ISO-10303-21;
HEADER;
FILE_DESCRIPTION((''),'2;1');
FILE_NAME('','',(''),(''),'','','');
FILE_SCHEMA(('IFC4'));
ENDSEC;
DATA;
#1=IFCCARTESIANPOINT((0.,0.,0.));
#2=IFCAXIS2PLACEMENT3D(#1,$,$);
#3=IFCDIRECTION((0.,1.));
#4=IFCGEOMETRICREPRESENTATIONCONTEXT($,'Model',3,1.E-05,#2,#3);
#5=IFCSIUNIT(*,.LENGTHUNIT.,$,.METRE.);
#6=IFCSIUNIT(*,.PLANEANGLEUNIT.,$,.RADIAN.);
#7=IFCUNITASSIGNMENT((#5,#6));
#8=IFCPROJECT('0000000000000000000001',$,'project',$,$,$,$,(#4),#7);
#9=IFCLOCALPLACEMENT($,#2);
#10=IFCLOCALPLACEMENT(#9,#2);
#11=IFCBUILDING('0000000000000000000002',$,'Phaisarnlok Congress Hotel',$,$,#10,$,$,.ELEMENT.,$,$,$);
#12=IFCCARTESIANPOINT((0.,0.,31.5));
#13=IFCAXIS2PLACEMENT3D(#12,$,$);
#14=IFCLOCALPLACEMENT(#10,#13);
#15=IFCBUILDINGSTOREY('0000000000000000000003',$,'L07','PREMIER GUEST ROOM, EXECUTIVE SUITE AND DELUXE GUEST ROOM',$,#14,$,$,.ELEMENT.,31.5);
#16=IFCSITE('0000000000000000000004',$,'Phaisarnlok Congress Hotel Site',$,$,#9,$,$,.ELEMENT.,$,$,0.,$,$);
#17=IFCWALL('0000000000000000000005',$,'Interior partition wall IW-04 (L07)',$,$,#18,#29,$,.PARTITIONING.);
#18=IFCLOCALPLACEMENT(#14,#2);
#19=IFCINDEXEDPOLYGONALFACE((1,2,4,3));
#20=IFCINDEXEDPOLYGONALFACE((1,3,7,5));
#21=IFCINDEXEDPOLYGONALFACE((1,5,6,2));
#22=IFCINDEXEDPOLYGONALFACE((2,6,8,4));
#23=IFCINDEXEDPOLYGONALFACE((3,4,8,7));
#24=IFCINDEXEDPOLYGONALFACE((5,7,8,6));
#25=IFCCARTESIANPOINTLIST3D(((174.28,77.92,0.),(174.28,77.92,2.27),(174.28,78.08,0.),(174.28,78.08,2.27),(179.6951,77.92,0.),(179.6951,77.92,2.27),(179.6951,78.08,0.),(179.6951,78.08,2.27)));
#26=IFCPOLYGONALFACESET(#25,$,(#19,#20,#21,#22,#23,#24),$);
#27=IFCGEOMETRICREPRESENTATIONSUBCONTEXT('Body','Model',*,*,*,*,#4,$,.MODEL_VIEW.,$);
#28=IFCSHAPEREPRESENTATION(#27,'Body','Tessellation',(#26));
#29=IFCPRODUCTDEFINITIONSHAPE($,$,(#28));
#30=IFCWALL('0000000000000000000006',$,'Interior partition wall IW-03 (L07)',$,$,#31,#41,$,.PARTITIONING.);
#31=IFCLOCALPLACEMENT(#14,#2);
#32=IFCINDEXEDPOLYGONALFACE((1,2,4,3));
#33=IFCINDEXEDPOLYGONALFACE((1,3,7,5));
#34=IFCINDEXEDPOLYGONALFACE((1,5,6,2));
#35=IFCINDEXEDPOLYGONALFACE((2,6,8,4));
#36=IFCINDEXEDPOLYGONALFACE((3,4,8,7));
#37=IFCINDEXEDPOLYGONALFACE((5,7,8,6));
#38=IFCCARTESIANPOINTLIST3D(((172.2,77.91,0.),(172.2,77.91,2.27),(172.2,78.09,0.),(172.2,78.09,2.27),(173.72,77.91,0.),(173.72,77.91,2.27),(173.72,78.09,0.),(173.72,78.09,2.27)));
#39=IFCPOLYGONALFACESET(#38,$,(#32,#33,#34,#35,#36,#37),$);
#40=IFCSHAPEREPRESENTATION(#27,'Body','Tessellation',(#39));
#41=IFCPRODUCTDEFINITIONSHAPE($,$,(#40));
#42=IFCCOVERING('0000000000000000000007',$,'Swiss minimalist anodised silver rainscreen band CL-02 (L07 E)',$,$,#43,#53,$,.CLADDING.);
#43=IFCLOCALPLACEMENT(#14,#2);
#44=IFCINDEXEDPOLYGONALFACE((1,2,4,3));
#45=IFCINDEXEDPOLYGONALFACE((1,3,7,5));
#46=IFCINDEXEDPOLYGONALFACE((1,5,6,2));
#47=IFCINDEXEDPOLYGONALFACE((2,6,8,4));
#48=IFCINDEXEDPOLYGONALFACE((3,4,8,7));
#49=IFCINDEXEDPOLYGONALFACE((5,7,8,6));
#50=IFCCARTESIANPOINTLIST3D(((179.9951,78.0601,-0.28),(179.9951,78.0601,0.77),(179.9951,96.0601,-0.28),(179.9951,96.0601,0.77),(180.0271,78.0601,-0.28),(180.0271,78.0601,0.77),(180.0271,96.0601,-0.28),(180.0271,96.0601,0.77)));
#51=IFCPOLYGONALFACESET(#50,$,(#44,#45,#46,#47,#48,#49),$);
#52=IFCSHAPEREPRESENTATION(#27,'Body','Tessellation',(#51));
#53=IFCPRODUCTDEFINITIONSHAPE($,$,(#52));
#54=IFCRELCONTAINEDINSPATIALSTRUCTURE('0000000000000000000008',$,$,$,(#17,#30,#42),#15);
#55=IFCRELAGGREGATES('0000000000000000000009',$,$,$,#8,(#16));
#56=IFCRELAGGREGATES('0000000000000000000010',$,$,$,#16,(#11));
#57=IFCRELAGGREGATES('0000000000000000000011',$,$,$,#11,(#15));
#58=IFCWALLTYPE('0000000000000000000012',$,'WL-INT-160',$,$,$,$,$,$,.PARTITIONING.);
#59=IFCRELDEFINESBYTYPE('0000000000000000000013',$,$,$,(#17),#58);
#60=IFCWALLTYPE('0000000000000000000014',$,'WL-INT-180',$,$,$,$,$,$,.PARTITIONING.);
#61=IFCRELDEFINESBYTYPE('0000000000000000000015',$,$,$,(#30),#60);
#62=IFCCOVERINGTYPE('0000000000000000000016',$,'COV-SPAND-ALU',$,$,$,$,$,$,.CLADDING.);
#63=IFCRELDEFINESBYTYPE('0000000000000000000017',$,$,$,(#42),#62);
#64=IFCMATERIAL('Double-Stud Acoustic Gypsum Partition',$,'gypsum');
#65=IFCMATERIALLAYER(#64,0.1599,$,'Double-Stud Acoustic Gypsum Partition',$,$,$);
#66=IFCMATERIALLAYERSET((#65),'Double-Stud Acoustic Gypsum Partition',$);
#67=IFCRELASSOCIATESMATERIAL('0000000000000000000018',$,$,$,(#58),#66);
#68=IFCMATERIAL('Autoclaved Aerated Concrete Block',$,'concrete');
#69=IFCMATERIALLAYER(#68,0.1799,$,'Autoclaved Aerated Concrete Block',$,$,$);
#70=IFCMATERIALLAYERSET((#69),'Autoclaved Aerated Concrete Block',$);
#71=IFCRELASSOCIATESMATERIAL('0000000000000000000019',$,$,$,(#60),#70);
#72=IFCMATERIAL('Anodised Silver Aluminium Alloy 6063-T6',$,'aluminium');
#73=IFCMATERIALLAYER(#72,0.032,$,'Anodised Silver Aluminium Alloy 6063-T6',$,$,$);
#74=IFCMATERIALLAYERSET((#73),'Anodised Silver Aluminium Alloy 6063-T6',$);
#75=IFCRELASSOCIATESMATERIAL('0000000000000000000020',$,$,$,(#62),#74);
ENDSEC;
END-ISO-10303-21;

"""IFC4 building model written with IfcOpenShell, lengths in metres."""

from ifc_helpers import new_model, si_unit, direction, frame, frame_2d, origin, place, context, subcontext, project, spatial, polyline, rectangle, outline, extrude, material, layer, layer_set, type_object, element, save


model = new_model("IFC4")

# Units and contexts
model_context = context("Model", 3, precision=1e-05, world=origin(), true_north=direction((0.0, 1.0)))
body_context = subcontext(model_context, "Body", "Model", "MODEL_VIEW")
ifc_project = project(units=[si_unit("LENGTHUNIT", "METRE"), si_unit("PLANEANGLEUNIT", "RADIAN")], contexts=[model_context])

# Site, building, storey
site_placement = place(None, origin())
site = spatial("IfcSite", under=ifc_project, at=site_placement, Name="Phaisarnlok Congress Hotel Site", CompositionType="ELEMENT", RefElevation=0.0)
building_placement = place(site_placement, origin())
building = spatial("IfcBuilding", under=site, at=building_placement, Name="Phaisarnlok Congress Hotel", CompositionType="ELEMENT")
storey_placement = place(building_placement, frame((0.0, 0.0, 31.5)))
storey = spatial("IfcBuildingStorey", under=building, at=storey_placement, Name="L07", Description="PREMIER GUEST ROOM, EXECUTIVE SUITE AND DELUXE GUEST ROOM", CompositionType="ELEMENT", Elevation=31.5)

# Walls
ifc_material_1 = material(Name="Double-Stud Acoustic Gypsum Partition", Category="gypsum")
ifc_layer_1 = layer(ifc_material_1, 0.1599, Name="Double-Stud Acoustic Gypsum Partition")
ifc_layer_set_1 = layer_set([ifc_layer_1], Name="Double-Stud Acoustic Gypsum Partition")
wall_type_1 = type_object("IfcWallType", Name="WL-INT-160", PredefinedType="PARTITIONING", material=ifc_layer_set_1)
wall_1_placement = place(storey_placement, frame((174.28, 78.0, 0.0), z_axis=(0.0, 0.0, 1.0), x_axis=(1.0, 0.0, 0.0)))
element("IfcWall", 1, at=wall_1_placement, inside=storey, type_object=wall_type_1, Name="Interior partition wall IW-04 (L07)", PredefinedType="PARTITIONING", context=body_context, shape_type="SweptSolid", body=[
    extrude(rectangle(XDim=5.415, YDim=0.1599, at=frame_2d((2.7075, 0.0))), origin(), (0.0, 0.0, 1.0), 2.27),
])
ifc_material_2 = material(Name="Autoclaved Aerated Concrete Block", Category="concrete")
ifc_layer_2 = layer(ifc_material_2, 0.1799, Name="Autoclaved Aerated Concrete Block")
ifc_layer_set_2 = layer_set([ifc_layer_2], Name="Autoclaved Aerated Concrete Block")
wall_type_2 = type_object("IfcWallType", Name="WL-INT-180", PredefinedType="PARTITIONING", material=ifc_layer_set_2)
wall_2_placement = place(storey_placement, frame((172.2, 78.0, 0.0), z_axis=(0.0, 0.0, 1.0), x_axis=(1.0, 0.0, 0.0)))
element("IfcWall", 2, at=wall_2_placement, inside=storey, type_object=wall_type_2, Name="Interior partition wall IW-03 (L07)", PredefinedType="PARTITIONING", context=body_context, shape_type="SweptSolid", body=[
    extrude(rectangle(XDim=1.52, YDim=0.1799, at=frame_2d((0.76, 0.0))), origin(), (0.0, 0.0, 1.0), 2.27),
])

# Covering
ifc_material_3 = material(Name="Anodised Silver Aluminium Alloy 6063-T6", Category="aluminium")
ifc_layer_3 = layer(ifc_material_3, 0.032, Name="Anodised Silver Aluminium Alloy 6063-T6")
ifc_layer_set_3 = layer_set([ifc_layer_3], Name="Anodised Silver Aluminium Alloy 6063-T6")
covering_type = type_object("IfcCoveringType", Name="COV-SPAND-ALU", PredefinedType="CLADDING", material=ifc_layer_set_3)
covering_placement = place(storey_placement, frame((179.9951, 78.0601, -0.28), z_axis=(1.0, 0.0, 0.0), x_axis=(0.0, 1.0, 0.0)))
element("IfcCovering", 3, at=covering_placement, inside=storey, type_object=covering_type, Name="Swiss minimalist anodised silver rainscreen band CL-02 (L07 E)", PredefinedType="CLADDING", context=body_context, shape_type="SweptSolid", body=[
    extrude(outline(polyline([(0.0, 0.0), (18.0, 0.0), (18.0, 1.05), (0.0, 1.05), (0.0, 0.0)])), origin(), (0.0, 0.0, 1.0), 0.032),
])

save(model, "model.ifc")
